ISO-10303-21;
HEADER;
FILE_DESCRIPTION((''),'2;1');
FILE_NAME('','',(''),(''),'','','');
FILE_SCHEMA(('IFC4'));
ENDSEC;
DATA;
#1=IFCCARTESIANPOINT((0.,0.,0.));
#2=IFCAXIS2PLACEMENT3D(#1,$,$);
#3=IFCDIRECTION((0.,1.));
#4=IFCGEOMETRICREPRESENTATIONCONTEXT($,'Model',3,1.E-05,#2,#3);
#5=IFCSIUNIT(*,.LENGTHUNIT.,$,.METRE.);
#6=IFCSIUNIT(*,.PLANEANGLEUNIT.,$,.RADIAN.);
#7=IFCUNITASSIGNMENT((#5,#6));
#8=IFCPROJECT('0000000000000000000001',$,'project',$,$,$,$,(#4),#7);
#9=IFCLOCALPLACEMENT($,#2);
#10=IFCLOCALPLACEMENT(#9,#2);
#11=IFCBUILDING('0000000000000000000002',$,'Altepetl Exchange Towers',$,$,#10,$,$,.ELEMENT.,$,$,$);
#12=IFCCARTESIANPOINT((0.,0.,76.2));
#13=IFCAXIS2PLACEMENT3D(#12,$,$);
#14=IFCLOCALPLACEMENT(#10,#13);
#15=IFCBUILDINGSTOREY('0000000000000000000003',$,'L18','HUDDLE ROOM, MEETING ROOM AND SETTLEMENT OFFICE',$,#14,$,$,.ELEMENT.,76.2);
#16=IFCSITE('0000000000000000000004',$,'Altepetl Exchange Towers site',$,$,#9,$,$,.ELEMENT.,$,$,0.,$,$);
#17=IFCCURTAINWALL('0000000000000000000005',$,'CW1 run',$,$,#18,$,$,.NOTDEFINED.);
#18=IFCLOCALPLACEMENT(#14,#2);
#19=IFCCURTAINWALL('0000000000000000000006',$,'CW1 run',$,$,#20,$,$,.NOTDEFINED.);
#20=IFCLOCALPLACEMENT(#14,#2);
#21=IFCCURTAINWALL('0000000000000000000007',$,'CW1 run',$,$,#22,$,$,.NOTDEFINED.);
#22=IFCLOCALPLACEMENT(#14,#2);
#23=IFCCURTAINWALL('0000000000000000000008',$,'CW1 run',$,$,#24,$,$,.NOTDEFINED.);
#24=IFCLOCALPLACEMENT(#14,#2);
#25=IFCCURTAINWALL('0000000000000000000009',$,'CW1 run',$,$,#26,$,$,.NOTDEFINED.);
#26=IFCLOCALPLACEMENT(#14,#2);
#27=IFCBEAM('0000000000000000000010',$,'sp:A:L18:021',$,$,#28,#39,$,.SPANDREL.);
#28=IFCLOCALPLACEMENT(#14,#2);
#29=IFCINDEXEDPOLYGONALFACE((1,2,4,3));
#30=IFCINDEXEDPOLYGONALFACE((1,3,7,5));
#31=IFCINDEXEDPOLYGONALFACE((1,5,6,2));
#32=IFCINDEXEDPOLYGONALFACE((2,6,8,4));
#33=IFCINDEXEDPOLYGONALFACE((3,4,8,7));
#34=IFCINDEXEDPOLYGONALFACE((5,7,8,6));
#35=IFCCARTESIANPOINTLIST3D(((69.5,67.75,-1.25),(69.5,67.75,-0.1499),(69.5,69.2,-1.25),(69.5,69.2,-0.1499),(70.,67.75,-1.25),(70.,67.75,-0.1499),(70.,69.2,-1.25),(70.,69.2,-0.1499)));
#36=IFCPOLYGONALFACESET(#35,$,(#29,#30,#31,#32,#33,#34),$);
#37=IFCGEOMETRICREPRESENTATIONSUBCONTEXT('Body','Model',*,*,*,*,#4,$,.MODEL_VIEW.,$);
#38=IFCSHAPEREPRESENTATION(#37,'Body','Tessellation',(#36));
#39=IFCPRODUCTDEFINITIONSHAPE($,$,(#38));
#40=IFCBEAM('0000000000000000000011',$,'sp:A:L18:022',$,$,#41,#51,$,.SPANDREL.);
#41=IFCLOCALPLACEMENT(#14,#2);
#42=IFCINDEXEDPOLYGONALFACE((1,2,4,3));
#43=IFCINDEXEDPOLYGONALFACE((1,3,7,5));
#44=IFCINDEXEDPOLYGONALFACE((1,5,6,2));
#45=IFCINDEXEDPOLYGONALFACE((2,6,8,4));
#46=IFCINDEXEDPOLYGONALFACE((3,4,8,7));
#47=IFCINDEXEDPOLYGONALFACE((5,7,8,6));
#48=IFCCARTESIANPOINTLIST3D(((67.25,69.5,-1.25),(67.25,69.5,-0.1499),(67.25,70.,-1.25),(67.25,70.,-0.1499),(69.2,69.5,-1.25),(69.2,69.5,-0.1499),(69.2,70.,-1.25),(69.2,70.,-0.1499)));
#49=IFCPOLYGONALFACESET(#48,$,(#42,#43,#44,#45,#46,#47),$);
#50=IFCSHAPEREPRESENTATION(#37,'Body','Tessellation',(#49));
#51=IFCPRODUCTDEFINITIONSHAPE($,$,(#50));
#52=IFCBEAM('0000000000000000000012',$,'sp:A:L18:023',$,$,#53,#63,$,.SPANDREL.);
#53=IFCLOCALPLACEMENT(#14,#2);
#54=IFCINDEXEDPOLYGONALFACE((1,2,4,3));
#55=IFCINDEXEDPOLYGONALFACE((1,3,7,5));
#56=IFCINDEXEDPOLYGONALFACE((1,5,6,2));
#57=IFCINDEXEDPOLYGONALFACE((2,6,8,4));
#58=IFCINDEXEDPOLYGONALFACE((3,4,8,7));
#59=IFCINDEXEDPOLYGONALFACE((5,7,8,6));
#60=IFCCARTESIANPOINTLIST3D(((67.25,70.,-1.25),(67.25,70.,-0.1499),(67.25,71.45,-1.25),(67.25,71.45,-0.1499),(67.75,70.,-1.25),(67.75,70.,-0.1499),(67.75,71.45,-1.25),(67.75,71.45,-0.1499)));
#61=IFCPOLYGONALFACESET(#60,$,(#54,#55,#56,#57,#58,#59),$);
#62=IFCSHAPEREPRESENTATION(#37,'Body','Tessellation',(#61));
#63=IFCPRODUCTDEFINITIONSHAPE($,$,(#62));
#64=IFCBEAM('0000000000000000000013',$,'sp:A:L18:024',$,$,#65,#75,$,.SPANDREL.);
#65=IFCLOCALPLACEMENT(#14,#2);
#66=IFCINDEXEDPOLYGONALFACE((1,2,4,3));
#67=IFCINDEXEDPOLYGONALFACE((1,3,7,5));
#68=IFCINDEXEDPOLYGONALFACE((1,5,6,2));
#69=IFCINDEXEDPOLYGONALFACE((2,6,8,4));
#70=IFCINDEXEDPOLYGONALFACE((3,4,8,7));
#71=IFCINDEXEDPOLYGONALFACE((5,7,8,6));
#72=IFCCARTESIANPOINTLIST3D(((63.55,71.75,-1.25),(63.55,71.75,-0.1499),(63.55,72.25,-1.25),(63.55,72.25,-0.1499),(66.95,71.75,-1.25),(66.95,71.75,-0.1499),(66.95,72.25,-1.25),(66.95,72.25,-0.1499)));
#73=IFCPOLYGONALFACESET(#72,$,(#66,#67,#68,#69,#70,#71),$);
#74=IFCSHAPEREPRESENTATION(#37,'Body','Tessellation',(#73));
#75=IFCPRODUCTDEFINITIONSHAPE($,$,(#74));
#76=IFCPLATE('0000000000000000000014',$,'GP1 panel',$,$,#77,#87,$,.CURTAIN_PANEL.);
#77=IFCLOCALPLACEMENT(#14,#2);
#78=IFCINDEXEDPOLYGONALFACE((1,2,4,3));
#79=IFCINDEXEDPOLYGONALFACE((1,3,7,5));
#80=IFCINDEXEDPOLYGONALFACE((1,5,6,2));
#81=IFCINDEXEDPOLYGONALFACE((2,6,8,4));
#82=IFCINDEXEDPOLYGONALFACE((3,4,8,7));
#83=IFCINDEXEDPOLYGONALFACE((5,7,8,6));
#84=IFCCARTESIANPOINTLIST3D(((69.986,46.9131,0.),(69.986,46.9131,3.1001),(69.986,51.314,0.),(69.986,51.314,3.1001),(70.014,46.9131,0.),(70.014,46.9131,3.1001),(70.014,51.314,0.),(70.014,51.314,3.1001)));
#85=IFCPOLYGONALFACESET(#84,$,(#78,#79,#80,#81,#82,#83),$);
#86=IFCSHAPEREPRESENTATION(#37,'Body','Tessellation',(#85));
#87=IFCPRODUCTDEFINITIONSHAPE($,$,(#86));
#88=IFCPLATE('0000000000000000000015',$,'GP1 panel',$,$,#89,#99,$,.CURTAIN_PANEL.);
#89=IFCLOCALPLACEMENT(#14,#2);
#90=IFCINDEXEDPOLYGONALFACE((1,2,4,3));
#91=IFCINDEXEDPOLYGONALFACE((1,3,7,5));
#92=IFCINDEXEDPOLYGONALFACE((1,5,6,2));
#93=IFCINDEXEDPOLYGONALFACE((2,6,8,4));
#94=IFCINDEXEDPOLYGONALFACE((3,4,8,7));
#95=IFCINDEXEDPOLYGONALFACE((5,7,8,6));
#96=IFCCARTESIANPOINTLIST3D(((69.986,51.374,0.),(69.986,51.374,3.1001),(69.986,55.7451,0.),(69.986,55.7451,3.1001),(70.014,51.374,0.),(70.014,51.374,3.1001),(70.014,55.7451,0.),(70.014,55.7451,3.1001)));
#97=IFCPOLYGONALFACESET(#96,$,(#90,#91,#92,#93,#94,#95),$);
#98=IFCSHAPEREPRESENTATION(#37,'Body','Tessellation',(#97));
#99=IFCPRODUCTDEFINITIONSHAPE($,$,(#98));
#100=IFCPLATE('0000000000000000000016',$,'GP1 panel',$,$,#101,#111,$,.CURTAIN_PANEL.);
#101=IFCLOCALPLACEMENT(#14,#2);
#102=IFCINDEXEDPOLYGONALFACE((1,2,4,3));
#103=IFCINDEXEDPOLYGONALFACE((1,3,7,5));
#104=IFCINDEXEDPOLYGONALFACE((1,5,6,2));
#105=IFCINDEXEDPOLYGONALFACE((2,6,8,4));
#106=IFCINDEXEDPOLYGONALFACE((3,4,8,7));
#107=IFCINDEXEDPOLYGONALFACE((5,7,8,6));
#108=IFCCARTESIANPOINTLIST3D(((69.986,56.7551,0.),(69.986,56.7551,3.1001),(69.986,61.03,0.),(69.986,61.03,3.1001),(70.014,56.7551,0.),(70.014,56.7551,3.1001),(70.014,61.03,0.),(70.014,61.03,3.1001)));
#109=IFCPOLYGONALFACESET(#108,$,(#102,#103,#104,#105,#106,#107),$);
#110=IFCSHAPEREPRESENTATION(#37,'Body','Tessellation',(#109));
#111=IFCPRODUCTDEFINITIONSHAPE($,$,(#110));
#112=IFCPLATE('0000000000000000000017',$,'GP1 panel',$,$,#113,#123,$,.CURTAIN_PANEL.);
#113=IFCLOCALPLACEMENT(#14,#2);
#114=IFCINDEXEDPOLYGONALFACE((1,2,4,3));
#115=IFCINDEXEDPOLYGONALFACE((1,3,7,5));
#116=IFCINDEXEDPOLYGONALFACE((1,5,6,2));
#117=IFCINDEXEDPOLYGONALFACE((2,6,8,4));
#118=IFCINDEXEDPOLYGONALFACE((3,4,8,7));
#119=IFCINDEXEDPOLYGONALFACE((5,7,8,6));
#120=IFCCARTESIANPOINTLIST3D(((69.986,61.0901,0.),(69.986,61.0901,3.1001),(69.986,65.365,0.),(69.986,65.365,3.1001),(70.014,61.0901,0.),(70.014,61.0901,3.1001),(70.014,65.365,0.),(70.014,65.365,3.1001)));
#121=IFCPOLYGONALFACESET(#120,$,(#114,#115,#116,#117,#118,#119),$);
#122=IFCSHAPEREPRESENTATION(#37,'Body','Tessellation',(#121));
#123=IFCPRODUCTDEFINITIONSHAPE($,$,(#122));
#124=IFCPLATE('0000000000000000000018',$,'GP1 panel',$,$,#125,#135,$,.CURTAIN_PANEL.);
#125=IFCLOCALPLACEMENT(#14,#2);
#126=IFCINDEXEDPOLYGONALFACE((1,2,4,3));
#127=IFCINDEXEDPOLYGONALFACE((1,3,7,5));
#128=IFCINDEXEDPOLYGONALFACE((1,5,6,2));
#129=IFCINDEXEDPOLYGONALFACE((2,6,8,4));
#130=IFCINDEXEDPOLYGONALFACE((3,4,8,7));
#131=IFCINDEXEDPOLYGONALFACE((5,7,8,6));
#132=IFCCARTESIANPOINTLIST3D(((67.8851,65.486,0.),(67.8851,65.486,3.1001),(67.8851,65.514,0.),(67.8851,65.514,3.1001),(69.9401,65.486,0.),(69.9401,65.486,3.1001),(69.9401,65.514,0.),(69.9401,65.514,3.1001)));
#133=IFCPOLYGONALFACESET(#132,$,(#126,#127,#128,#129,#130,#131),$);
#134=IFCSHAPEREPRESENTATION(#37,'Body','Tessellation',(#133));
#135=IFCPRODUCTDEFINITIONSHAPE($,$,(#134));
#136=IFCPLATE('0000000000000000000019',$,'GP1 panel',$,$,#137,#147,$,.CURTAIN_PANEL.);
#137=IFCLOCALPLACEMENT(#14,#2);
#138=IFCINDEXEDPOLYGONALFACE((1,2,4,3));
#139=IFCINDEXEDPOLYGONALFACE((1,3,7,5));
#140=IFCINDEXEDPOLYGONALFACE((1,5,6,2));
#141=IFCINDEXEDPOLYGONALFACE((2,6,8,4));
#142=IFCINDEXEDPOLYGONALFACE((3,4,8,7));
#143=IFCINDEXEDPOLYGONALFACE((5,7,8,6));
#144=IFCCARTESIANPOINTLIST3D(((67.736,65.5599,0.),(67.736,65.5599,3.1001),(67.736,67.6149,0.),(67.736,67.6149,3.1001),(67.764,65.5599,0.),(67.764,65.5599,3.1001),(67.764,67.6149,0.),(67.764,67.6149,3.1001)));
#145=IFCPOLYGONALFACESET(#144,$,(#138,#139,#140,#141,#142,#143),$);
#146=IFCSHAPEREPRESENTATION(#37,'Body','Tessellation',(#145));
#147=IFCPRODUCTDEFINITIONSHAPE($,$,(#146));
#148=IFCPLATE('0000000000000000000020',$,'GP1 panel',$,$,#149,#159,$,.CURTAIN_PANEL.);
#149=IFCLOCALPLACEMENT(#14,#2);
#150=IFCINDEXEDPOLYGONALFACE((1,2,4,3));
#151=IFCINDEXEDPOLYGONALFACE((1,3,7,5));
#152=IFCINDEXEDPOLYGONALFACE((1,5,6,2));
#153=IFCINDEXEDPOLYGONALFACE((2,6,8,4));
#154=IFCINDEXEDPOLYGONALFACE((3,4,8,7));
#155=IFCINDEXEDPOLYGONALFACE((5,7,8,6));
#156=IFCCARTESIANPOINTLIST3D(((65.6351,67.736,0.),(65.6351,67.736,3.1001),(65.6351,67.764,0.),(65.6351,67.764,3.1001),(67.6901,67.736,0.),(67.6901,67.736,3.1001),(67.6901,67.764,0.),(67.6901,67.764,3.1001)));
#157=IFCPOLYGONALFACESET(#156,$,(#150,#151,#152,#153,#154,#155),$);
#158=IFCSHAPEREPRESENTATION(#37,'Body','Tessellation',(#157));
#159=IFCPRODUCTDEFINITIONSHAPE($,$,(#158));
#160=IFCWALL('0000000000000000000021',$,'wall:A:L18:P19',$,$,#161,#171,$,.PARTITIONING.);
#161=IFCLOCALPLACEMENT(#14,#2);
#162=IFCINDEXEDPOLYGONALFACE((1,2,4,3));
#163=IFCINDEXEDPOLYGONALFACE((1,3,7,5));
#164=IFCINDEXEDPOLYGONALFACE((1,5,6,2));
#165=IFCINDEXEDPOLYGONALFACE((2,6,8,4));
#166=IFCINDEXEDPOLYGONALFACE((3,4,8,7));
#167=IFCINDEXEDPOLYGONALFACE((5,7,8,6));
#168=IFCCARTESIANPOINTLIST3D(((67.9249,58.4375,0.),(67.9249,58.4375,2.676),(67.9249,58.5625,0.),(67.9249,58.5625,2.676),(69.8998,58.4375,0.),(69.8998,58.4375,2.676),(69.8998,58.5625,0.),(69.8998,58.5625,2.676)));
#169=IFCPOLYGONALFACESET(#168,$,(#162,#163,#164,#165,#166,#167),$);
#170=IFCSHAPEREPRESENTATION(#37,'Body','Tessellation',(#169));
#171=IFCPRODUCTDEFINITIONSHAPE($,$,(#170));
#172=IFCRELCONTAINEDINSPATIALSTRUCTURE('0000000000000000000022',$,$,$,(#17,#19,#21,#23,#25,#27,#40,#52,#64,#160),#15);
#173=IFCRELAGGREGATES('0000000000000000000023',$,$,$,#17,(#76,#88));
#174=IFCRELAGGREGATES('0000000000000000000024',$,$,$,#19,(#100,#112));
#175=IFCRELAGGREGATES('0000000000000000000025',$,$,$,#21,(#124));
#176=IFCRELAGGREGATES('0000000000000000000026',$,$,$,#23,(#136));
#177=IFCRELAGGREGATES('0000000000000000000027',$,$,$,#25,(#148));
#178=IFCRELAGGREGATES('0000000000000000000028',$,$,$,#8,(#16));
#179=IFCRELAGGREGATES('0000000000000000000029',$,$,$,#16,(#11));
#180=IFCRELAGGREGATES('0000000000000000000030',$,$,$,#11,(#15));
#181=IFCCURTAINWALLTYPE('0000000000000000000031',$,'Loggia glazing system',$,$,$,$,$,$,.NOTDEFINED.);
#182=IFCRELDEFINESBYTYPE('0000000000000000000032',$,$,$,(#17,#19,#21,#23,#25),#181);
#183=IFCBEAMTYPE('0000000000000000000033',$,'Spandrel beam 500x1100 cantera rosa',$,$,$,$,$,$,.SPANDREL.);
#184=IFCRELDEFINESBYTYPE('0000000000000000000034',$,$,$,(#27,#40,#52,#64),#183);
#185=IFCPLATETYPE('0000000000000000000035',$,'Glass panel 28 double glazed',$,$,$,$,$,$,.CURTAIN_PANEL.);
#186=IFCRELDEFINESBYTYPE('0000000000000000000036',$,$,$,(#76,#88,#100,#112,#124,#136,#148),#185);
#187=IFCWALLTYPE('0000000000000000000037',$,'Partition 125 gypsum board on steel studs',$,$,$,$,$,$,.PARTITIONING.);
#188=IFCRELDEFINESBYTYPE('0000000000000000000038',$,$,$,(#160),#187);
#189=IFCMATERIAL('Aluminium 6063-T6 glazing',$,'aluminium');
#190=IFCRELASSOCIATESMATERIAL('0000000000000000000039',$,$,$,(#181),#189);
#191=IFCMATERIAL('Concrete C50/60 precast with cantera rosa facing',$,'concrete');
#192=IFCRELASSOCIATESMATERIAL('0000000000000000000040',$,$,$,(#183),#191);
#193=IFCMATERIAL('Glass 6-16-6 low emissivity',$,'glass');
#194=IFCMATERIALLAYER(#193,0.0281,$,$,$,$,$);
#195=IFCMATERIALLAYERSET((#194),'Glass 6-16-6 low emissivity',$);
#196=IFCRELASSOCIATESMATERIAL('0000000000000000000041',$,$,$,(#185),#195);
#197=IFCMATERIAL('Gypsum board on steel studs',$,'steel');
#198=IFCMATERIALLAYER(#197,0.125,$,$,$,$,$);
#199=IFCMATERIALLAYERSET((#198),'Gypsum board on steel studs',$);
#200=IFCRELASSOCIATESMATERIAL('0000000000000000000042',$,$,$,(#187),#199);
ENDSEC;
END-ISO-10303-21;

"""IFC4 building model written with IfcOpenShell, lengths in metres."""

from ifc_helpers import new_model, si_unit, direction, frame, frame_2d, origin, origin_2d, place, context, subcontext, project, spatial, rectangle, extrude, material, layer, layer_set, material_profile, profile_set, type_object, element, aggregate, save


model = new_model("IFC4")

# Units and contexts
model_context = context("Model", 3, precision=1e-05, world=origin(), true_north=direction((0.0, 1.0)))
body_context = subcontext(model_context, "Body", "Model", "MODEL_VIEW")
ifc_project = project(units=[si_unit("LENGTHUNIT", "METRE"), si_unit("PLANEANGLEUNIT", "RADIAN")], contexts=[model_context])

# Site, building, storey
site_placement = place(None, origin())
site = spatial("IfcSite", under=ifc_project, at=site_placement, Name="Altepetl Exchange Towers site", CompositionType="ELEMENT", RefElevation=0.0)
building_placement = place(site_placement, origin())
building = spatial("IfcBuilding", under=site, at=building_placement, Name="Altepetl Exchange Towers", CompositionType="ELEMENT")
storey_placement = place(building_placement, frame((0.0, 0.0, 76.2)))
storey = spatial("IfcBuildingStorey", under=building, at=storey_placement, Name="L18", Description="HUDDLE ROOM, MEETING ROOM AND SETTLEMENT OFFICE", CompositionType="ELEMENT", Elevation=76.2)

# Curtain walls
ifc_material_1 = material(Name="Aluminium 6063-T6 glazing", Category="aluminium")
curtain_wall_type = type_object("IfcCurtainWallType", Name="Loggia glazing system", PredefinedType="NOTDEFINED", material=ifc_material_1)
curtain_wall_1_placement = place(storey_placement, origin())
curtain_wall_1 = element("IfcCurtainWall", 1, at=curtain_wall_1_placement, inside=storey, type_object=curtain_wall_type, Name="CW1 run", PredefinedType="NOTDEFINED")
curtain_wall_2_placement = place(storey_placement, origin())
curtain_wall_2 = element("IfcCurtainWall", 2, at=curtain_wall_2_placement, inside=storey, type_object=curtain_wall_type, Name="CW1 run", PredefinedType="NOTDEFINED")
curtain_wall_3_placement = place(storey_placement, origin())
curtain_wall_3 = element("IfcCurtainWall", 3, at=curtain_wall_3_placement, inside=storey, type_object=curtain_wall_type, Name="CW1 run", PredefinedType="NOTDEFINED")
curtain_wall_4_placement = place(storey_placement, origin())
curtain_wall_4 = element("IfcCurtainWall", 4, at=curtain_wall_4_placement, inside=storey, type_object=curtain_wall_type, Name="CW1 run", PredefinedType="NOTDEFINED")

# Curtain wall
curtain_wall_5_placement = place(storey_placement, origin())
curtain_wall_5 = element("IfcCurtainWall", 5, at=curtain_wall_5_placement, inside=storey, type_object=curtain_wall_type, Name="CW1 run", PredefinedType="NOTDEFINED")

# Beams
ifc_material_2 = material(Name="Concrete C50/60 precast with cantera rosa facing", Category="concrete")
ifc_material_profile_1 = material_profile(ifc_material_2, rectangle(XDim=0.5, YDim=1.1001, at=origin_2d()), Name="500 x 1100")
ifc_profile_set_1 = profile_set([ifc_material_profile_1], Name="Concrete C50/60 precast with cantera rosa facing")
beam_type_1 = type_object("IfcBeamType", Name="Spandrel beam 500x1100 cantera rosa", PredefinedType="SPANDREL", material=ifc_profile_set_1)
beam_1_placement = place(storey_placement, frame((69.75, 67.75, -0.7), z_axis=(0.0, 1.0, 0.0), x_axis=(-1.0, 0.0, 0.0)))
element("IfcBeam", 6, at=beam_1_placement, inside=storey, type_object=beam_type_1, Name="sp:A:L18:021", PredefinedType="SPANDREL", context=body_context, shape_type="SweptSolid", body=[
    extrude(rectangle(XDim=0.5, YDim=1.1001, at=origin_2d()), origin(), (0.0, 0.0, 1.0), 1.45),
])
beam_2_placement = place(storey_placement, frame((69.2, 69.75, -0.7), z_axis=(-1.0, 0.0, 0.0), x_axis=(0.0, -1.0, 0.0)))
element("IfcBeam", 7, at=beam_2_placement, inside=storey, type_object=beam_type_1, Name="sp:A:L18:022", PredefinedType="SPANDREL", context=body_context, shape_type="SweptSolid", body=[
    extrude(rectangle(XDim=0.5, YDim=1.1001, at=origin_2d()), origin(), (0.0, 0.0, 1.0), 1.95),
])
beam_3_placement = place(storey_placement, frame((67.5, 70.0, -0.7), z_axis=(0.0, 1.0, 0.0), x_axis=(-1.0, 0.0, 0.0)))
element("IfcBeam", 8, at=beam_3_placement, inside=storey, type_object=beam_type_1, Name="sp:A:L18:023", PredefinedType="SPANDREL", context=body_context, shape_type="SweptSolid", body=[
    extrude(rectangle(XDim=0.5, YDim=1.1001, at=origin_2d()), origin(), (0.0, 0.0, 1.0), 1.45),
])
beam_4_placement = place(storey_placement, frame((66.95, 72.0, -0.7), z_axis=(-1.0, 0.0, 0.0), x_axis=(0.0, -1.0, 0.0)))
element("IfcBeam", 9, at=beam_4_placement, inside=storey, type_object=beam_type_1, Name="sp:A:L18:024", PredefinedType="SPANDREL", context=body_context, shape_type="SweptSolid", body=[
    extrude(rectangle(XDim=0.5, YDim=1.1001, at=origin_2d()), origin(), (0.0, 0.0, 1.0), 3.3999),
])

# Plates
ifc_material_3 = material(Name="Glass 6-16-6 low emissivity", Category="glass")
ifc_layer_1 = layer(ifc_material_3, 0.0281)
ifc_layer_set_1 = layer_set([ifc_layer_1], Name="Glass 6-16-6 low emissivity")
plate_type = type_object("IfcPlateType", Name="Glass panel 28 double glazed", PredefinedType="CURTAIN_PANEL", material=ifc_layer_set_1)
plate_1_placement = place(storey_placement, frame((70.0, 49.1135, 0.0), z_axis=(0.0, 0.0, 1.0), x_axis=(0.0, 1.0, 0.0)))
plate_1 = element("IfcPlate", 10, at=plate_1_placement, type_object=plate_type, Name="GP1 panel", PredefinedType="CURTAIN_PANEL", context=body_context, shape_type="SweptSolid", body=[
    extrude(rectangle(XDim=4.4009, YDim=0.0281, at=origin_2d()), origin(), (0.0, 0.0, 1.0), 3.1001),
])
plate_2_placement = place(storey_placement, frame((70.0, 53.5596, 0.0), z_axis=(0.0, 0.0, 1.0), x_axis=(0.0, 1.0, 0.0)))
plate_2 = element("IfcPlate", 11, at=plate_2_placement, type_object=plate_type, Name="GP1 panel", PredefinedType="CURTAIN_PANEL", context=body_context, shape_type="SweptSolid", body=[
    extrude(rectangle(XDim=4.3711, YDim=0.0281, at=origin_2d()), origin(), (0.0, 0.0, 1.0), 3.1001),
])
aggregate(curtain_wall_1, [plate_1, plate_2])
plate_3_placement = place(storey_placement, frame((70.0, 58.8926, 0.0), z_axis=(0.0, 0.0, 1.0), x_axis=(0.0, 1.0, 0.0)))
plate_3 = element("IfcPlate", 12, at=plate_3_placement, type_object=plate_type, Name="GP1 panel", PredefinedType="CURTAIN_PANEL", context=body_context, shape_type="SweptSolid", body=[
    extrude(rectangle(XDim=4.2749, YDim=0.0281, at=origin_2d()), origin(), (0.0, 0.0, 1.0), 3.1001),
])
plate_4_placement = place(storey_placement, frame((70.0, 63.2275, 0.0), z_axis=(0.0, 0.0, 1.0), x_axis=(0.0, 1.0, 0.0)))
plate_4 = element("IfcPlate", 13, at=plate_4_placement, type_object=plate_type, Name="GP1 panel", PredefinedType="CURTAIN_PANEL", context=body_context, shape_type="SweptSolid", body=[
    extrude(rectangle(XDim=4.2749, YDim=0.0281, at=origin_2d()), origin(), (0.0, 0.0, 1.0), 3.1001),
])
aggregate(curtain_wall_2, [plate_3, plate_4])
plate_5_placement = place(storey_placement, frame((68.9126, 65.5, 0.0), z_axis=(0.0, 0.0, 1.0), x_axis=(-1.0, 0.0, 0.0)))
plate_5 = element("IfcPlate", 14, at=plate_5_placement, type_object=plate_type, Name="GP1 panel", PredefinedType="CURTAIN_PANEL", context=body_context, shape_type="SweptSolid", body=[
    extrude(rectangle(XDim=2.0549, YDim=0.0281, at=origin_2d()), origin(), (0.0, 0.0, 1.0), 3.1001),
])
aggregate(curtain_wall_3, [plate_5])
plate_6_placement = place(storey_placement, frame((67.75, 66.5874, 0.0), z_axis=(0.0, 0.0, 1.0), x_axis=(0.0, 1.0, 0.0)))
plate_6 = element("IfcPlate", 15, at=plate_6_placement, type_object=plate_type, Name="GP1 panel", PredefinedType="CURTAIN_PANEL", context=body_context, shape_type="SweptSolid", body=[
    extrude(rectangle(XDim=2.0549, YDim=0.0281, at=origin_2d()), origin(), (0.0, 0.0, 1.0), 3.1001),
])
aggregate(curtain_wall_4, [plate_6])
plate_7_placement = place(storey_placement, frame((66.6626, 67.75, 0.0), z_axis=(0.0, 0.0, 1.0), x_axis=(-1.0, 0.0, 0.0)))
plate_7 = element("IfcPlate", 16, at=plate_7_placement, type_object=plate_type, Name="GP1 panel", PredefinedType="CURTAIN_PANEL", context=body_context, shape_type="SweptSolid", body=[
    extrude(rectangle(XDim=2.0549, YDim=0.0281, at=origin_2d()), origin(), (0.0, 0.0, 1.0), 3.1001),
])
aggregate(curtain_wall_5, [plate_7])

# Wall
ifc_material_4 = material(Name="Gypsum board on steel studs", Category="steel")
ifc_layer_2 = layer(ifc_material_4, 0.125)
ifc_layer_set_2 = layer_set([ifc_layer_2], Name="Gypsum board on steel studs")
wall_type = type_object("IfcWallType", Name="Partition 125 gypsum board on steel studs", PredefinedType="PARTITIONING", material=ifc_layer_set_2)
wall_placement = place(storey_placement, frame((67.925, 58.5, 0.0)))
element("IfcWall", 17, at=wall_placement, inside=storey, type_object=wall_type, Name="wall:A:L18:P19", PredefinedType="PARTITIONING", context=body_context, shape_type="SweptSolid", body=[
    extrude(rectangle(XDim=1.9749, YDim=0.125, at=frame_2d((0.9873, 0.0))), origin(), (0.0, 0.0, 1.0), 2.676),
])

save(model, "model.ifc")
